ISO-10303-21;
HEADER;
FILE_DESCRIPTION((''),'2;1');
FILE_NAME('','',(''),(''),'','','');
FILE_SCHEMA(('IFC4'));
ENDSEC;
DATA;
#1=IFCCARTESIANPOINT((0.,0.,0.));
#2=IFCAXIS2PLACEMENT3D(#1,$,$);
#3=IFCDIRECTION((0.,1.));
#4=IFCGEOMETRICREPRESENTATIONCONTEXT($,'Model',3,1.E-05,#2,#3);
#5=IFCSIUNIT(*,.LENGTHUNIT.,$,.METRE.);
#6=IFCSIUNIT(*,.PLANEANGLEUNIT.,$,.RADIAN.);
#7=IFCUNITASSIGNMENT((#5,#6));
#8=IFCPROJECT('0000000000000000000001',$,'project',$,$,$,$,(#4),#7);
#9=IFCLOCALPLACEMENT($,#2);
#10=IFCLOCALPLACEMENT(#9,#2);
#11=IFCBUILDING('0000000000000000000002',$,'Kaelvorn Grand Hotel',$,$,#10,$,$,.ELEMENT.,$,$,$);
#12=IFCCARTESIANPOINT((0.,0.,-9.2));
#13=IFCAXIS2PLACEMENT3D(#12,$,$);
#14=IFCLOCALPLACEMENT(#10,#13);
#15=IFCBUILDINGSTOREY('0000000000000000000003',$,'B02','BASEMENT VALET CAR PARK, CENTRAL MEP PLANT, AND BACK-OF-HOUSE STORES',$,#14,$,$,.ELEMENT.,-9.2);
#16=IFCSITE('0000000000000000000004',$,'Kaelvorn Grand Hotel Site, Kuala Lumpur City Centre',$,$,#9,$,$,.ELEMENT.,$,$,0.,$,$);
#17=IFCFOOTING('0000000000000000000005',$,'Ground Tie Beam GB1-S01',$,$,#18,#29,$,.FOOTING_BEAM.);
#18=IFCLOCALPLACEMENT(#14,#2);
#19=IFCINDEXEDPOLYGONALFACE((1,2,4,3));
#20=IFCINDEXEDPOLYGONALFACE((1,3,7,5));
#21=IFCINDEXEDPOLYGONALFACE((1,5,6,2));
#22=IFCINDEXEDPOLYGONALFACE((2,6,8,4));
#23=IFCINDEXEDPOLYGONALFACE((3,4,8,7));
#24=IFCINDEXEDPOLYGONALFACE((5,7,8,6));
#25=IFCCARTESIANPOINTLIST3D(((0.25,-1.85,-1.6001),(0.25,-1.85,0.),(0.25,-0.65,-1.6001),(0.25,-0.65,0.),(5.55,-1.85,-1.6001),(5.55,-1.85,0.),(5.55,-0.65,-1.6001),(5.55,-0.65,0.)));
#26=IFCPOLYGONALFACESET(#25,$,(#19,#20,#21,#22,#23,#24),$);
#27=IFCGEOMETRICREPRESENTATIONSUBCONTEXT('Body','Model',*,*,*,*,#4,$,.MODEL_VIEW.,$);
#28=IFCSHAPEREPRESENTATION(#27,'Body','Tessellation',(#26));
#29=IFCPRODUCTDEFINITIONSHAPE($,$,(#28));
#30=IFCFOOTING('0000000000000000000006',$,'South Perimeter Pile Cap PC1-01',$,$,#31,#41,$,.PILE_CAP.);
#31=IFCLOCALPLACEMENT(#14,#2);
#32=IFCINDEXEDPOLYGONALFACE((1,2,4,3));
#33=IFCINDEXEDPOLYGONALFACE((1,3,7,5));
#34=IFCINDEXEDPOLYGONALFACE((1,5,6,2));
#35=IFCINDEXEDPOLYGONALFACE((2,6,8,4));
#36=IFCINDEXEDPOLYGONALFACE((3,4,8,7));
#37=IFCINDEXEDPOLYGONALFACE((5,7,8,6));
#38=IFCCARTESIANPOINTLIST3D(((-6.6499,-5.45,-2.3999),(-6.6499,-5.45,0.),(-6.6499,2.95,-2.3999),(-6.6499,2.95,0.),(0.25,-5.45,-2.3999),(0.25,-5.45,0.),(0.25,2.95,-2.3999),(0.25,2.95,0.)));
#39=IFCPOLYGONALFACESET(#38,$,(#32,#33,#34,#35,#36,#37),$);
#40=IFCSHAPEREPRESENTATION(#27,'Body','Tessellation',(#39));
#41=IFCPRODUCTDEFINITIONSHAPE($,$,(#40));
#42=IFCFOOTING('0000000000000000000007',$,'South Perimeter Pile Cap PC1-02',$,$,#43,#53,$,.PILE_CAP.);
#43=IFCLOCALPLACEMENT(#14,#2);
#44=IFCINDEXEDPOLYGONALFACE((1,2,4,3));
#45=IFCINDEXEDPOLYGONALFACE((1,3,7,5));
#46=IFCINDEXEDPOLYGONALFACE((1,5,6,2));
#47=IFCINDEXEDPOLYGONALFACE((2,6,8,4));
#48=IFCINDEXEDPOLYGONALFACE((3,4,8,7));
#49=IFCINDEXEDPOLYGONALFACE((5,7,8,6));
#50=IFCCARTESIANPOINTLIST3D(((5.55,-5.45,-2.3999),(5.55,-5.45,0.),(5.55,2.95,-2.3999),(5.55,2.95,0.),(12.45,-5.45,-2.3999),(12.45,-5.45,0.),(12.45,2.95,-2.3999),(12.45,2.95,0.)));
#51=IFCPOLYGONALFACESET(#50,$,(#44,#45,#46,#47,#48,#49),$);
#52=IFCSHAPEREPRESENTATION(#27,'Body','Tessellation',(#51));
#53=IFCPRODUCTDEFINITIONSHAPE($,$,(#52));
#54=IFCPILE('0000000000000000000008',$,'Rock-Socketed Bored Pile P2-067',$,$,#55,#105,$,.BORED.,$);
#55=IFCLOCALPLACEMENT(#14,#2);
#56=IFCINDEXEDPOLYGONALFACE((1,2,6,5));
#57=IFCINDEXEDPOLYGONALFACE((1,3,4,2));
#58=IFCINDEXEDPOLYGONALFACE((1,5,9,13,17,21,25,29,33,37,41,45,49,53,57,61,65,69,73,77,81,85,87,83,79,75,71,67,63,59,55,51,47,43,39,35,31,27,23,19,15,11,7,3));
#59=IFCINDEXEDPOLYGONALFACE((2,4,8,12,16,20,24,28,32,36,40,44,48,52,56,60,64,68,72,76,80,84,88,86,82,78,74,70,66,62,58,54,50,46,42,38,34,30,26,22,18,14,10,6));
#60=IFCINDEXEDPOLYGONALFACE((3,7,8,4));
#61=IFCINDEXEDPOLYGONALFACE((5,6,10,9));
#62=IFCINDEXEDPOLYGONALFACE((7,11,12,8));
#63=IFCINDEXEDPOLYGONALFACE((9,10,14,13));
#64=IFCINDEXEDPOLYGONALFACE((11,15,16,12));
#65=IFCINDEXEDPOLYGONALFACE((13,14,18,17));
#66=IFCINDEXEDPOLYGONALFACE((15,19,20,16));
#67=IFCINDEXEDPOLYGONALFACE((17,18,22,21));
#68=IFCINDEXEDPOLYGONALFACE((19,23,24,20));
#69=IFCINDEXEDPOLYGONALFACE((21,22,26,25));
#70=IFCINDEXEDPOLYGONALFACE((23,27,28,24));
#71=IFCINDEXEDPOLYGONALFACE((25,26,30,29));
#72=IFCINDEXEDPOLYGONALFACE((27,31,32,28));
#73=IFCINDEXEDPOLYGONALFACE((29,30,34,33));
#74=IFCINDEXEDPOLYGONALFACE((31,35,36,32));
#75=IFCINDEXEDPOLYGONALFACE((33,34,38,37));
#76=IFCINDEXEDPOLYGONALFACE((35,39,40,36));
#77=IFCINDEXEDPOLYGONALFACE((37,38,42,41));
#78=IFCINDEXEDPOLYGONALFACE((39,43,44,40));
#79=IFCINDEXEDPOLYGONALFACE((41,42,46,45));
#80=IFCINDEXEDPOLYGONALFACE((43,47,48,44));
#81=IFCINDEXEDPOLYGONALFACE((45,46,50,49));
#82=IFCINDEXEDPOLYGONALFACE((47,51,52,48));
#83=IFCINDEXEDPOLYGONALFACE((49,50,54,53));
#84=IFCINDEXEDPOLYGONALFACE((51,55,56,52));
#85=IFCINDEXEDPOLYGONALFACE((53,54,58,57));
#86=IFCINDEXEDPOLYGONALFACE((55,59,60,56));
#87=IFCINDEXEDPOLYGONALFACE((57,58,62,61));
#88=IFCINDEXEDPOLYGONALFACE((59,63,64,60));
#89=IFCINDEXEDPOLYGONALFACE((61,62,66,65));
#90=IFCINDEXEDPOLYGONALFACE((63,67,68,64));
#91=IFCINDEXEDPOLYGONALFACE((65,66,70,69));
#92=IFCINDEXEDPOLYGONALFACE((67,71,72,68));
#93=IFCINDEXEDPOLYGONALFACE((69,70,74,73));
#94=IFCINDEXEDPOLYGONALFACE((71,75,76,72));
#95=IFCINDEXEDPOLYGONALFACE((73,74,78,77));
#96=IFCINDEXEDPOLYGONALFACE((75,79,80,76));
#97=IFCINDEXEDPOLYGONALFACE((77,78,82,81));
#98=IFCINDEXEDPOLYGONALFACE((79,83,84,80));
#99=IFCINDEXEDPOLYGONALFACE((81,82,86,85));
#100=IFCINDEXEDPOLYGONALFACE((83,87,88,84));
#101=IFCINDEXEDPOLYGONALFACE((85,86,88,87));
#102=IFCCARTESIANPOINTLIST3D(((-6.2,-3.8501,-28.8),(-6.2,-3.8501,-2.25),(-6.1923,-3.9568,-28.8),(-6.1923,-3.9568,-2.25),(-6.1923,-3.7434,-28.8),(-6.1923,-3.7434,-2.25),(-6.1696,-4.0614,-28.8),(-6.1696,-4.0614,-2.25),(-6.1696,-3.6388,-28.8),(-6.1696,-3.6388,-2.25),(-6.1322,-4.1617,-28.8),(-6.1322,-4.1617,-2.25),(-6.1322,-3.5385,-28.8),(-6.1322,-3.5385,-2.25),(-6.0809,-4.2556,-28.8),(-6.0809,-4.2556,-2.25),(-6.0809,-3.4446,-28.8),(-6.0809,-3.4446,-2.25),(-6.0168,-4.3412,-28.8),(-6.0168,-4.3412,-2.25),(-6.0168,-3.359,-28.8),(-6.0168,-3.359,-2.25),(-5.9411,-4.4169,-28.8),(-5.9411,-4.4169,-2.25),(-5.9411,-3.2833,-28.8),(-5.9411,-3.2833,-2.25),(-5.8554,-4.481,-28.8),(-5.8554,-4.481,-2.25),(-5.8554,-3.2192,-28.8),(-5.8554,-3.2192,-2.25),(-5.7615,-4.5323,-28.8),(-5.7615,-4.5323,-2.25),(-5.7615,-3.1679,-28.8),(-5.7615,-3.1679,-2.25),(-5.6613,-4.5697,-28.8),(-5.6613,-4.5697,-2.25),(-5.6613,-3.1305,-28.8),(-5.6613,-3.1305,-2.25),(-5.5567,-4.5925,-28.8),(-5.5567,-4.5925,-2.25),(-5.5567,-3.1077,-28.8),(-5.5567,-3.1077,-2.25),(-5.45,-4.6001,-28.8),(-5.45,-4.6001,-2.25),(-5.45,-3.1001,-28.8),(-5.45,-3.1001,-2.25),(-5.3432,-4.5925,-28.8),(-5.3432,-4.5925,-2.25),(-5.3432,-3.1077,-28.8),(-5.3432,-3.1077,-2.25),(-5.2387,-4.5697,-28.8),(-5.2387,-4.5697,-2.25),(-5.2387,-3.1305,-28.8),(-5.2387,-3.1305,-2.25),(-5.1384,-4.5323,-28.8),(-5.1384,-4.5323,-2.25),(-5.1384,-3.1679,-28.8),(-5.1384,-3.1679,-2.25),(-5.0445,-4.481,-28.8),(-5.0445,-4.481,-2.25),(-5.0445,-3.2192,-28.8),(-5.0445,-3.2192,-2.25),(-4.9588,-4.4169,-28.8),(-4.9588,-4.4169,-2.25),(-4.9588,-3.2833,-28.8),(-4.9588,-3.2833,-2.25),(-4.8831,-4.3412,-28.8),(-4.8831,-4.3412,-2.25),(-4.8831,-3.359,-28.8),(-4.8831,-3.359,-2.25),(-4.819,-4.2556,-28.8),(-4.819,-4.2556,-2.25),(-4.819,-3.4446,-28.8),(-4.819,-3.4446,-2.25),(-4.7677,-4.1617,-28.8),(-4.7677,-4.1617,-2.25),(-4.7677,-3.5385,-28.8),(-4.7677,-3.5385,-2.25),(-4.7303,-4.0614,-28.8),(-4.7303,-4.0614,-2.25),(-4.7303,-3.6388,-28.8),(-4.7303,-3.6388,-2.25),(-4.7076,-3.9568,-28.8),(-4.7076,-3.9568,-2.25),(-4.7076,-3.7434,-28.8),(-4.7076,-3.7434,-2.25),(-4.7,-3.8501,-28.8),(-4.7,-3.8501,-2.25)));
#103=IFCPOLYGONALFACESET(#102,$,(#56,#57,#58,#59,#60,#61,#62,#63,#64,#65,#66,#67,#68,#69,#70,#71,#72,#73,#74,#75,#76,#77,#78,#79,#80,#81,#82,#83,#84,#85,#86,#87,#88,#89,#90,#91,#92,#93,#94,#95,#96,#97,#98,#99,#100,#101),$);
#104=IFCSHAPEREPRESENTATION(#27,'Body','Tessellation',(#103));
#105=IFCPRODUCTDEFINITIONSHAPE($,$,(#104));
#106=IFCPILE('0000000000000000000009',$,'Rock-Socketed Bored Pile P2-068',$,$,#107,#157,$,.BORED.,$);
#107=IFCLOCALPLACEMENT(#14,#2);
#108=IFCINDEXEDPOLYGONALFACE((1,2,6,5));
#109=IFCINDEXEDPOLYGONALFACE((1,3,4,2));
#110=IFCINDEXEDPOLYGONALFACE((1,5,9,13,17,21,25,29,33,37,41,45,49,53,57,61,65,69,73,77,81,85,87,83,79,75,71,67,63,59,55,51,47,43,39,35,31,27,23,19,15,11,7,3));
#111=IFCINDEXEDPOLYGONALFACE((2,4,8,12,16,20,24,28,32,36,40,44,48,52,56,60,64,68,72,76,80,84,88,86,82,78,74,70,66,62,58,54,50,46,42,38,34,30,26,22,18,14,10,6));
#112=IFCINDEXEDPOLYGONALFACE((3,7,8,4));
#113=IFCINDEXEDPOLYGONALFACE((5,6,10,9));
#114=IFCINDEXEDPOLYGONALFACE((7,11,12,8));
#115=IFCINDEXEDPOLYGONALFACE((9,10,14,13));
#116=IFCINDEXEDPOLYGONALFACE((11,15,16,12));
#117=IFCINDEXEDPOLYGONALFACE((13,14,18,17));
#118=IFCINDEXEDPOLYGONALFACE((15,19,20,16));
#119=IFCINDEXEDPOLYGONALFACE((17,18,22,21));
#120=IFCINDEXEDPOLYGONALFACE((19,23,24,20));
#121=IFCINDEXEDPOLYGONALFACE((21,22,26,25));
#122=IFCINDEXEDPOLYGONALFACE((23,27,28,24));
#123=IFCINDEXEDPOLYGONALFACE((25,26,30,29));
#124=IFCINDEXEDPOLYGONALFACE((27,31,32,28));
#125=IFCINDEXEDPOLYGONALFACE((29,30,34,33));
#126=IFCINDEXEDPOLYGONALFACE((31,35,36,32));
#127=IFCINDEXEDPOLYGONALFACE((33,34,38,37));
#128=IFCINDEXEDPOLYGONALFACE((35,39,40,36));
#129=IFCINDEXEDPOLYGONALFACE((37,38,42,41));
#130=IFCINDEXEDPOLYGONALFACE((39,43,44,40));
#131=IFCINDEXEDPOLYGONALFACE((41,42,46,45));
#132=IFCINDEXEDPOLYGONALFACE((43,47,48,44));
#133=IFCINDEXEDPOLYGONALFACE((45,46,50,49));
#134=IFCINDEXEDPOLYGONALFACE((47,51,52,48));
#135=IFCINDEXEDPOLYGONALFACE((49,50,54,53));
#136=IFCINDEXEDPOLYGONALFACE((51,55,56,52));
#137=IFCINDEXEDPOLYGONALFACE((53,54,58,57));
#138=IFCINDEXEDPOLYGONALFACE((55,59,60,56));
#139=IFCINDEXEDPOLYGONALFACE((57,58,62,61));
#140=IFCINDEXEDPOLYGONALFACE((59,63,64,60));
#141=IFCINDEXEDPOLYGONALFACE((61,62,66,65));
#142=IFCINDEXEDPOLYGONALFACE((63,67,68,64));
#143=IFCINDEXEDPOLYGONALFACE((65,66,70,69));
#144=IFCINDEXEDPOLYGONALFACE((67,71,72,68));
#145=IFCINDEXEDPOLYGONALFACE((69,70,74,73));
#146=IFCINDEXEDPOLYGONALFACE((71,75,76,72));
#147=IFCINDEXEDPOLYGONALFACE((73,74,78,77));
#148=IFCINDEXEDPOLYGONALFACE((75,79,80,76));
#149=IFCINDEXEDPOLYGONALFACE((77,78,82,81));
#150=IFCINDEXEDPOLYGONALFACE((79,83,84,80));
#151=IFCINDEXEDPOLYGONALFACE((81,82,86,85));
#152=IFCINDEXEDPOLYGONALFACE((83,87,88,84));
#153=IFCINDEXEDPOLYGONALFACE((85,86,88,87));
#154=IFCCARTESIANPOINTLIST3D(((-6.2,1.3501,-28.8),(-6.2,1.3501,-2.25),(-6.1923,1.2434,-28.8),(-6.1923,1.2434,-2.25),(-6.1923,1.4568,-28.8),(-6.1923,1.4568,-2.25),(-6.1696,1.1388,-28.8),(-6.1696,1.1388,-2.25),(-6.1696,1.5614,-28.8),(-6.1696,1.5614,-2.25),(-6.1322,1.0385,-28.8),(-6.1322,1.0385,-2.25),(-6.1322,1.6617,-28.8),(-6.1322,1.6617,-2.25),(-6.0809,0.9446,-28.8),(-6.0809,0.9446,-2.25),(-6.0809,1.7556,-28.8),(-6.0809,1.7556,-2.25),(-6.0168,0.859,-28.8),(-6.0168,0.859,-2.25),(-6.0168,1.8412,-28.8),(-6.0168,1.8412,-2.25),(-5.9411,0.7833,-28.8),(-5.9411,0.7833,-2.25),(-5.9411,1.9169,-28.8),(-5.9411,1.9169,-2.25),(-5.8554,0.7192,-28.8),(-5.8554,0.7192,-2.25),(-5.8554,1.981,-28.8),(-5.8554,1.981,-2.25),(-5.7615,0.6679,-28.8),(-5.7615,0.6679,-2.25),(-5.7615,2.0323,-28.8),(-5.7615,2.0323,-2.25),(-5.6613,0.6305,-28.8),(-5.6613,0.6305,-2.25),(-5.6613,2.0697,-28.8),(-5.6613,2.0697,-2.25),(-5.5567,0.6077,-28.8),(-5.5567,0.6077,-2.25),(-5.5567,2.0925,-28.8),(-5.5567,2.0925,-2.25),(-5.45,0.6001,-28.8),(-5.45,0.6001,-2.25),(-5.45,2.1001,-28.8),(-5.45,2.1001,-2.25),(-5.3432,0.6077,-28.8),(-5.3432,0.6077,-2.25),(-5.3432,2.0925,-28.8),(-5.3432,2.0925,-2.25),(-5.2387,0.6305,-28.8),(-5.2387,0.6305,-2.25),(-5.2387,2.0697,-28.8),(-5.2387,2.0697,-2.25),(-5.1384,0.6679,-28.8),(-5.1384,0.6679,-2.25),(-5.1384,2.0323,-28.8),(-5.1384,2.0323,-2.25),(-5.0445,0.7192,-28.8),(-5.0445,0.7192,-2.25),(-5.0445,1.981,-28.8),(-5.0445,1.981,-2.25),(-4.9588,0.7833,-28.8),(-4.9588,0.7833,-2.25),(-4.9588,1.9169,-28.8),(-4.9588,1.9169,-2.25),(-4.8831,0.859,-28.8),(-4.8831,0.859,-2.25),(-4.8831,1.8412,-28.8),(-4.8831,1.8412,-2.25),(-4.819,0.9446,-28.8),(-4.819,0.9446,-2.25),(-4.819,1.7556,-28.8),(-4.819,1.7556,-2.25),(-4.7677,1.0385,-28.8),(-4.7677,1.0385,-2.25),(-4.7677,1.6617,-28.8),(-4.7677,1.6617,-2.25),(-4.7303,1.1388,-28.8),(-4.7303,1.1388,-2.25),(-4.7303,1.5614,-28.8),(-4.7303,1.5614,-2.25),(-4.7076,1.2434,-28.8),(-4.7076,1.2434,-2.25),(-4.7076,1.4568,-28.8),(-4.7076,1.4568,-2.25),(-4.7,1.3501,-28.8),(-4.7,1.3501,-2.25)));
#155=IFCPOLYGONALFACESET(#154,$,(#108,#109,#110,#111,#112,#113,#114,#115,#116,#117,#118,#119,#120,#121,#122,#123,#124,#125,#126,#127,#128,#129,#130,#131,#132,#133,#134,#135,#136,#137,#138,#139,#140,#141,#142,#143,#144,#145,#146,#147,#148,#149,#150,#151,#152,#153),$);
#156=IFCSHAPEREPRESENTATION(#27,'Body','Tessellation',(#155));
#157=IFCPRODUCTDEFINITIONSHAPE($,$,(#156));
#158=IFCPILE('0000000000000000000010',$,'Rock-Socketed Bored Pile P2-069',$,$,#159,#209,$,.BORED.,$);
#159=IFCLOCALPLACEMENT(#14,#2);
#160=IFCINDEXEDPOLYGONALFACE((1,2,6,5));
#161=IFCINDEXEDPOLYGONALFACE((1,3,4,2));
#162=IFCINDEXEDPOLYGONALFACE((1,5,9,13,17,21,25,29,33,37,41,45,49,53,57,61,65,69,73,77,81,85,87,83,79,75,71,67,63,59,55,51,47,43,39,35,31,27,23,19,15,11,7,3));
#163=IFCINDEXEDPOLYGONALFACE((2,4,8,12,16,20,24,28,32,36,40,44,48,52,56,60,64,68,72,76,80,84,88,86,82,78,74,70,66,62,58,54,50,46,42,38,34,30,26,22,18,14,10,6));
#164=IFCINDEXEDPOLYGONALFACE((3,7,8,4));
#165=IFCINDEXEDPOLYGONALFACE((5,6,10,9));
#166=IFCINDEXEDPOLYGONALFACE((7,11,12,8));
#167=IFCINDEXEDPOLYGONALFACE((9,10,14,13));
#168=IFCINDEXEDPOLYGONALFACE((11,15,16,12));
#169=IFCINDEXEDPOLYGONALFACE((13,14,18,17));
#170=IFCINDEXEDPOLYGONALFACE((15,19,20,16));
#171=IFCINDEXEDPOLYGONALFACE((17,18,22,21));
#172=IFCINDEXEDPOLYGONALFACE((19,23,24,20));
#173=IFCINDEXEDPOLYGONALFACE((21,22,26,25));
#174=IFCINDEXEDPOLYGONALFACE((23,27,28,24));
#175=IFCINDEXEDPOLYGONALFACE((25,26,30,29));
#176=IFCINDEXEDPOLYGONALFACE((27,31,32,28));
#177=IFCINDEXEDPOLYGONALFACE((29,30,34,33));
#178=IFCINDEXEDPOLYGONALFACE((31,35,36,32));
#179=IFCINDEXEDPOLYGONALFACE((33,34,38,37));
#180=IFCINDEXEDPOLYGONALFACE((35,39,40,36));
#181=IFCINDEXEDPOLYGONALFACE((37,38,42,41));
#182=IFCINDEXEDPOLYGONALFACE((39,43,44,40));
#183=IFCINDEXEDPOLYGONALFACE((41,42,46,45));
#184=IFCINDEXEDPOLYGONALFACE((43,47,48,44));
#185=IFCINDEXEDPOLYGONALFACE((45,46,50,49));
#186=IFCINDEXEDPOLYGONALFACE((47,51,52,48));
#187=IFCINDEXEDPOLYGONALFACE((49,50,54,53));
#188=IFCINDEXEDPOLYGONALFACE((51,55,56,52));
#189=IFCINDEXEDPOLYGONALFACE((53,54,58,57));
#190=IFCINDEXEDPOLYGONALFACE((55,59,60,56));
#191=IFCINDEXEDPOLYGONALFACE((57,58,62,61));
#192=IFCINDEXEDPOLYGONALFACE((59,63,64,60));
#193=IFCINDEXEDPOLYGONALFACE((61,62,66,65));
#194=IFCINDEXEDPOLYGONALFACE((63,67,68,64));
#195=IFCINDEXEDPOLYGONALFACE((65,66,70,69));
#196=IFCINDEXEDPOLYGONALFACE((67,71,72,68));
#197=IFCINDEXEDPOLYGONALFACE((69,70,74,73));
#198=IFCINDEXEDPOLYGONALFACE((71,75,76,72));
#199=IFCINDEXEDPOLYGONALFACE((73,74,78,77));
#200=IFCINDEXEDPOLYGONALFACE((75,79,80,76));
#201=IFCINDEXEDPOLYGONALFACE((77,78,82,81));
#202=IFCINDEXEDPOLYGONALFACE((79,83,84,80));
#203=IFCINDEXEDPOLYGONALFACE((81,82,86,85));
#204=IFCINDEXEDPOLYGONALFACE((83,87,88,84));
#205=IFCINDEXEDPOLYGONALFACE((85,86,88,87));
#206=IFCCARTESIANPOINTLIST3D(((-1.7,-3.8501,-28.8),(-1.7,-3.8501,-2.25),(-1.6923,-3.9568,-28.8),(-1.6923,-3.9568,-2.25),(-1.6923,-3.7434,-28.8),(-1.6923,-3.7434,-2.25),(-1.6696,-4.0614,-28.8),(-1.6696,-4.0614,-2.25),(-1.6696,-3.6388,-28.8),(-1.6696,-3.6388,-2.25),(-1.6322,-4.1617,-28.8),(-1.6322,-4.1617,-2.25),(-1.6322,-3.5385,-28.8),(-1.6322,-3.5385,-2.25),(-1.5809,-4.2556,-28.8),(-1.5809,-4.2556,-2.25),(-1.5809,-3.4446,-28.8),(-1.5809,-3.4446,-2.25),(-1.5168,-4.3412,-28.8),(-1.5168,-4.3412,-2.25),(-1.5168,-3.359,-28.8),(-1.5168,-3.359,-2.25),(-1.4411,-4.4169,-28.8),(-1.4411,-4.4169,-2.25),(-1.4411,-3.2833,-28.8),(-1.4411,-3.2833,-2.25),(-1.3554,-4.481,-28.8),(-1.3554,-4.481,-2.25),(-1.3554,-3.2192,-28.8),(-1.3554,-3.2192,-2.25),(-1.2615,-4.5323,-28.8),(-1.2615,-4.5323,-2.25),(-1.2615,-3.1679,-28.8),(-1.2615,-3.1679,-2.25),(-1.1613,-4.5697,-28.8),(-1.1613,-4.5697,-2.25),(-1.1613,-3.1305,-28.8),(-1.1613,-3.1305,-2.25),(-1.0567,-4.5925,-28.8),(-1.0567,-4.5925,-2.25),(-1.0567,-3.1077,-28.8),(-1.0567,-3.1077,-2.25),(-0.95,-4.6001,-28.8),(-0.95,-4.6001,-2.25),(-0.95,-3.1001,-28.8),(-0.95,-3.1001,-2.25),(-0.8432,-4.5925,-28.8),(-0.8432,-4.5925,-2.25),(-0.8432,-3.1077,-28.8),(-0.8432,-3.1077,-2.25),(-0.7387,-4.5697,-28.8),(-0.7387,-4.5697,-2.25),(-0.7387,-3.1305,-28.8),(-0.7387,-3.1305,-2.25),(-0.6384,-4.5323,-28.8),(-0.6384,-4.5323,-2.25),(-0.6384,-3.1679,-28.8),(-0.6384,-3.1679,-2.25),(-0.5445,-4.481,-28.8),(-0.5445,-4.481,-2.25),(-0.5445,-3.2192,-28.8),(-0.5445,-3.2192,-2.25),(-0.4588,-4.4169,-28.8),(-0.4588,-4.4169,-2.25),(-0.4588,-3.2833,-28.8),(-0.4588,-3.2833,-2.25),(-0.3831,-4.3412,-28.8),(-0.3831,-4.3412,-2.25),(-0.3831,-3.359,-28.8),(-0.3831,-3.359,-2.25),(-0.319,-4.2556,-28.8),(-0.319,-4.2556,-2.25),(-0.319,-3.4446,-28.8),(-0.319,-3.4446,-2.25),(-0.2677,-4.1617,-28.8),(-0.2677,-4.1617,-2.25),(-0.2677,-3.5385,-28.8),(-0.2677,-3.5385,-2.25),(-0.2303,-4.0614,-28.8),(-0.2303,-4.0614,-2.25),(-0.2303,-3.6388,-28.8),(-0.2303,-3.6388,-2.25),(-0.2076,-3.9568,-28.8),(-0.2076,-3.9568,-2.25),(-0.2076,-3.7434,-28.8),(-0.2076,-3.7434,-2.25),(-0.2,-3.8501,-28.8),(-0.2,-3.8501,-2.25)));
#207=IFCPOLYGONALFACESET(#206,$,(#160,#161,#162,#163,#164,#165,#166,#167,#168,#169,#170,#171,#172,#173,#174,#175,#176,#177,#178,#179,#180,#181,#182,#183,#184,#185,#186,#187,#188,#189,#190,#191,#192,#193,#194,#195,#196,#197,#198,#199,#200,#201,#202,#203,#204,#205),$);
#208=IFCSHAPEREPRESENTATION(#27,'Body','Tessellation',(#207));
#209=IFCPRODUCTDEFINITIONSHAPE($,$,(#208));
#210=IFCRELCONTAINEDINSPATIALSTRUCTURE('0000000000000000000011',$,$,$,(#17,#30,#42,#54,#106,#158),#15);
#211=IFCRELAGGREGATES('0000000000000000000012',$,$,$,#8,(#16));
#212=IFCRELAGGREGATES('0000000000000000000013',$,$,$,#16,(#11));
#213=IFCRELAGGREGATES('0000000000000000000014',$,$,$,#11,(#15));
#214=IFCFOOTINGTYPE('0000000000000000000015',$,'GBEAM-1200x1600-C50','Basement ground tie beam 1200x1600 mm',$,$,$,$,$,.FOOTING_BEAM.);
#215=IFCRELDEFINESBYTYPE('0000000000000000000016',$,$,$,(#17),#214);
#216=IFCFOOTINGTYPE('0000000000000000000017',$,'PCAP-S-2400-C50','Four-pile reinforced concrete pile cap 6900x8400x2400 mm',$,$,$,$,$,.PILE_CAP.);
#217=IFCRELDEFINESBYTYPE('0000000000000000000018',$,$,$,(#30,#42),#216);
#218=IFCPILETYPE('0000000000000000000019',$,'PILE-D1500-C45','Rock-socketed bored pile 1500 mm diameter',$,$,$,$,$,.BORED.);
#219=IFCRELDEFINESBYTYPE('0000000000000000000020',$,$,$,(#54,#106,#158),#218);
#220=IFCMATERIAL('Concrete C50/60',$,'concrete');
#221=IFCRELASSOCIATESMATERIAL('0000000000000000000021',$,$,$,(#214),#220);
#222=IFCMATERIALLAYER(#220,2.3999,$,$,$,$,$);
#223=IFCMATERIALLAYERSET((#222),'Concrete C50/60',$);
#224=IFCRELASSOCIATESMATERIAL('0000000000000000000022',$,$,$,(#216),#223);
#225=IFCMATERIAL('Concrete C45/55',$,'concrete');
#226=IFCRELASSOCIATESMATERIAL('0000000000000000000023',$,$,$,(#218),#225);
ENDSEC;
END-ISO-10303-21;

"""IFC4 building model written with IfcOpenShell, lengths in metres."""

from ifc_helpers import new_model, si_unit, direction, frame, origin, origin_2d, place, context, subcontext, project, spatial, rectangle, circle, extrude, material, layer, layer_set, material_profile, profile_set, type_object, element, save


model = new_model("IFC4")

# Units and contexts
model_context = context("Model", 3, precision=1e-05, world=origin(), true_north=direction((0.0, 1.0)))
body_context = subcontext(model_context, "Body", "Model", "MODEL_VIEW")
ifc_project = project(units=[si_unit("LENGTHUNIT", "METRE"), si_unit("PLANEANGLEUNIT", "RADIAN")], contexts=[model_context])

# Site, building, storey
site_placement = place(None, origin())
site = spatial("IfcSite", under=ifc_project, at=site_placement, Name="Kaelvorn Grand Hotel Site, Kuala Lumpur City Centre", CompositionType="ELEMENT", RefElevation=0.0)
building_placement = place(site_placement, origin())
building = spatial("IfcBuilding", under=site, at=building_placement, Name="Kaelvorn Grand Hotel", CompositionType="ELEMENT")
storey_placement = place(building_placement, frame((0.0, 0.0, -9.2)))
storey = spatial("IfcBuildingStorey", under=building, at=storey_placement, Name="B02", Description="BASEMENT VALET CAR PARK, CENTRAL MEP PLANT, AND BACK-OF-HOUSE STORES", CompositionType="ELEMENT", Elevation=-9.2)

# Footings
ifc_material_1 = material(Name="Concrete C50/60", Category="concrete")
ifc_material_profile_1 = material_profile(ifc_material_1, rectangle(XDim=1.2, YDim=1.6001, at=origin_2d()), Name="GB 1200x1600")
ifc_profile_set_1 = profile_set([ifc_material_profile_1], Name="Concrete C50/60")
footing_type_1 = type_object("IfcFootingType", Name="GBEAM-1200x1600-C50", Description="Basement ground tie beam 1200x1600 mm", PredefinedType="FOOTING_BEAM", material=ifc_profile_set_1)
footing_1_placement = place(storey_placement, frame((0.25, -1.25, -0.8), z_axis=(1.0, 0.0, 0.0), x_axis=(0.0, 1.0, 0.0)))
element("IfcFooting", 1, at=footing_1_placement, inside=storey, type_object=footing_type_1, Name="Ground Tie Beam GB1-S01", PredefinedType="FOOTING_BEAM", context=body_context, shape_type="SweptSolid", body=[
    extrude(rectangle(XDim=1.2, YDim=1.6001, at=origin_2d()), origin(), (0.0, 0.0, 1.0), 5.3),
])
ifc_layer_1 = layer(ifc_material_1, 2.3999)
ifc_layer_set_1 = layer_set([ifc_layer_1], Name="Concrete C50/60")
footing_type_2 = type_object("IfcFootingType", Name="PCAP-S-2400-C50", Description="Four-pile reinforced concrete pile cap 6900x8400x2400 mm", PredefinedType="PILE_CAP", material=ifc_layer_set_1)
for number, where, z_axis, x_axis, name in (
    (2, (-3.2, -1.25, -2.3999), (0.0, 0.0, 1.0), (1.0, 0.0, 0.0), "South Perimeter Pile Cap PC1-01"),
    (3, (9.0, -1.25, -2.3999), (0.0, 0.0, 1.0), (1.0, 0.0, 0.0), "South Perimeter Pile Cap PC1-02"),
):
    element("IfcFooting", number, at=place(storey_placement, frame(where, z_axis=z_axis, x_axis=x_axis)), inside=storey, type_object=footing_type_2, Name=name, PredefinedType="PILE_CAP", context=body_context, shape_type="SweptSolid", body=[
        extrude(rectangle(XDim=6.8999, YDim=8.3999, at=origin_2d()), origin(), (0.0, 0.0, 1.0), 2.3999),
    ])

# Piles
ifc_material_2 = material(Name="Concrete C45/55", Category="concrete")
ifc_material_profile_2 = material_profile(ifc_material_2, circle(Radius=0.75, at=origin_2d()), Name="BORED PILE D1500")
ifc_profile_set_2 = profile_set([ifc_material_profile_2], Name="Concrete C45/55")
pile_type = type_object("IfcPileType", Name="PILE-D1500-C45", Description="Rock-socketed bored pile 1500 mm diameter", PredefinedType="BORED", material=ifc_profile_set_2)
for number, where, z_axis, x_axis, name in (
    (4, (-5.45, -3.8501, -2.25), (0.0, 0.0, -1.0), (1.0, 0.0, 0.0), "Rock-Socketed Bored Pile P2-067"),
    (5, (-5.45, 1.3501, -2.25), (0.0, 0.0, -1.0), (1.0, 0.0, 0.0), "Rock-Socketed Bored Pile P2-068"),
    (6, (-0.95, -3.8501, -2.25), (0.0, 0.0, -1.0), (1.0, 0.0, 0.0), "Rock-Socketed Bored Pile P2-069"),
):
    element("IfcPile", number, at=place(storey_placement, frame(where, z_axis=z_axis, x_axis=x_axis)), inside=storey, type_object=pile_type, Name=name, PredefinedType="BORED", context=body_context, shape_type="SweptSolid", body=[
        extrude(circle(Radius=0.75, at=origin_2d()), origin(), (0.0, 0.0, 1.0), 26.55),
    ])

save(model, "model.ifc")
